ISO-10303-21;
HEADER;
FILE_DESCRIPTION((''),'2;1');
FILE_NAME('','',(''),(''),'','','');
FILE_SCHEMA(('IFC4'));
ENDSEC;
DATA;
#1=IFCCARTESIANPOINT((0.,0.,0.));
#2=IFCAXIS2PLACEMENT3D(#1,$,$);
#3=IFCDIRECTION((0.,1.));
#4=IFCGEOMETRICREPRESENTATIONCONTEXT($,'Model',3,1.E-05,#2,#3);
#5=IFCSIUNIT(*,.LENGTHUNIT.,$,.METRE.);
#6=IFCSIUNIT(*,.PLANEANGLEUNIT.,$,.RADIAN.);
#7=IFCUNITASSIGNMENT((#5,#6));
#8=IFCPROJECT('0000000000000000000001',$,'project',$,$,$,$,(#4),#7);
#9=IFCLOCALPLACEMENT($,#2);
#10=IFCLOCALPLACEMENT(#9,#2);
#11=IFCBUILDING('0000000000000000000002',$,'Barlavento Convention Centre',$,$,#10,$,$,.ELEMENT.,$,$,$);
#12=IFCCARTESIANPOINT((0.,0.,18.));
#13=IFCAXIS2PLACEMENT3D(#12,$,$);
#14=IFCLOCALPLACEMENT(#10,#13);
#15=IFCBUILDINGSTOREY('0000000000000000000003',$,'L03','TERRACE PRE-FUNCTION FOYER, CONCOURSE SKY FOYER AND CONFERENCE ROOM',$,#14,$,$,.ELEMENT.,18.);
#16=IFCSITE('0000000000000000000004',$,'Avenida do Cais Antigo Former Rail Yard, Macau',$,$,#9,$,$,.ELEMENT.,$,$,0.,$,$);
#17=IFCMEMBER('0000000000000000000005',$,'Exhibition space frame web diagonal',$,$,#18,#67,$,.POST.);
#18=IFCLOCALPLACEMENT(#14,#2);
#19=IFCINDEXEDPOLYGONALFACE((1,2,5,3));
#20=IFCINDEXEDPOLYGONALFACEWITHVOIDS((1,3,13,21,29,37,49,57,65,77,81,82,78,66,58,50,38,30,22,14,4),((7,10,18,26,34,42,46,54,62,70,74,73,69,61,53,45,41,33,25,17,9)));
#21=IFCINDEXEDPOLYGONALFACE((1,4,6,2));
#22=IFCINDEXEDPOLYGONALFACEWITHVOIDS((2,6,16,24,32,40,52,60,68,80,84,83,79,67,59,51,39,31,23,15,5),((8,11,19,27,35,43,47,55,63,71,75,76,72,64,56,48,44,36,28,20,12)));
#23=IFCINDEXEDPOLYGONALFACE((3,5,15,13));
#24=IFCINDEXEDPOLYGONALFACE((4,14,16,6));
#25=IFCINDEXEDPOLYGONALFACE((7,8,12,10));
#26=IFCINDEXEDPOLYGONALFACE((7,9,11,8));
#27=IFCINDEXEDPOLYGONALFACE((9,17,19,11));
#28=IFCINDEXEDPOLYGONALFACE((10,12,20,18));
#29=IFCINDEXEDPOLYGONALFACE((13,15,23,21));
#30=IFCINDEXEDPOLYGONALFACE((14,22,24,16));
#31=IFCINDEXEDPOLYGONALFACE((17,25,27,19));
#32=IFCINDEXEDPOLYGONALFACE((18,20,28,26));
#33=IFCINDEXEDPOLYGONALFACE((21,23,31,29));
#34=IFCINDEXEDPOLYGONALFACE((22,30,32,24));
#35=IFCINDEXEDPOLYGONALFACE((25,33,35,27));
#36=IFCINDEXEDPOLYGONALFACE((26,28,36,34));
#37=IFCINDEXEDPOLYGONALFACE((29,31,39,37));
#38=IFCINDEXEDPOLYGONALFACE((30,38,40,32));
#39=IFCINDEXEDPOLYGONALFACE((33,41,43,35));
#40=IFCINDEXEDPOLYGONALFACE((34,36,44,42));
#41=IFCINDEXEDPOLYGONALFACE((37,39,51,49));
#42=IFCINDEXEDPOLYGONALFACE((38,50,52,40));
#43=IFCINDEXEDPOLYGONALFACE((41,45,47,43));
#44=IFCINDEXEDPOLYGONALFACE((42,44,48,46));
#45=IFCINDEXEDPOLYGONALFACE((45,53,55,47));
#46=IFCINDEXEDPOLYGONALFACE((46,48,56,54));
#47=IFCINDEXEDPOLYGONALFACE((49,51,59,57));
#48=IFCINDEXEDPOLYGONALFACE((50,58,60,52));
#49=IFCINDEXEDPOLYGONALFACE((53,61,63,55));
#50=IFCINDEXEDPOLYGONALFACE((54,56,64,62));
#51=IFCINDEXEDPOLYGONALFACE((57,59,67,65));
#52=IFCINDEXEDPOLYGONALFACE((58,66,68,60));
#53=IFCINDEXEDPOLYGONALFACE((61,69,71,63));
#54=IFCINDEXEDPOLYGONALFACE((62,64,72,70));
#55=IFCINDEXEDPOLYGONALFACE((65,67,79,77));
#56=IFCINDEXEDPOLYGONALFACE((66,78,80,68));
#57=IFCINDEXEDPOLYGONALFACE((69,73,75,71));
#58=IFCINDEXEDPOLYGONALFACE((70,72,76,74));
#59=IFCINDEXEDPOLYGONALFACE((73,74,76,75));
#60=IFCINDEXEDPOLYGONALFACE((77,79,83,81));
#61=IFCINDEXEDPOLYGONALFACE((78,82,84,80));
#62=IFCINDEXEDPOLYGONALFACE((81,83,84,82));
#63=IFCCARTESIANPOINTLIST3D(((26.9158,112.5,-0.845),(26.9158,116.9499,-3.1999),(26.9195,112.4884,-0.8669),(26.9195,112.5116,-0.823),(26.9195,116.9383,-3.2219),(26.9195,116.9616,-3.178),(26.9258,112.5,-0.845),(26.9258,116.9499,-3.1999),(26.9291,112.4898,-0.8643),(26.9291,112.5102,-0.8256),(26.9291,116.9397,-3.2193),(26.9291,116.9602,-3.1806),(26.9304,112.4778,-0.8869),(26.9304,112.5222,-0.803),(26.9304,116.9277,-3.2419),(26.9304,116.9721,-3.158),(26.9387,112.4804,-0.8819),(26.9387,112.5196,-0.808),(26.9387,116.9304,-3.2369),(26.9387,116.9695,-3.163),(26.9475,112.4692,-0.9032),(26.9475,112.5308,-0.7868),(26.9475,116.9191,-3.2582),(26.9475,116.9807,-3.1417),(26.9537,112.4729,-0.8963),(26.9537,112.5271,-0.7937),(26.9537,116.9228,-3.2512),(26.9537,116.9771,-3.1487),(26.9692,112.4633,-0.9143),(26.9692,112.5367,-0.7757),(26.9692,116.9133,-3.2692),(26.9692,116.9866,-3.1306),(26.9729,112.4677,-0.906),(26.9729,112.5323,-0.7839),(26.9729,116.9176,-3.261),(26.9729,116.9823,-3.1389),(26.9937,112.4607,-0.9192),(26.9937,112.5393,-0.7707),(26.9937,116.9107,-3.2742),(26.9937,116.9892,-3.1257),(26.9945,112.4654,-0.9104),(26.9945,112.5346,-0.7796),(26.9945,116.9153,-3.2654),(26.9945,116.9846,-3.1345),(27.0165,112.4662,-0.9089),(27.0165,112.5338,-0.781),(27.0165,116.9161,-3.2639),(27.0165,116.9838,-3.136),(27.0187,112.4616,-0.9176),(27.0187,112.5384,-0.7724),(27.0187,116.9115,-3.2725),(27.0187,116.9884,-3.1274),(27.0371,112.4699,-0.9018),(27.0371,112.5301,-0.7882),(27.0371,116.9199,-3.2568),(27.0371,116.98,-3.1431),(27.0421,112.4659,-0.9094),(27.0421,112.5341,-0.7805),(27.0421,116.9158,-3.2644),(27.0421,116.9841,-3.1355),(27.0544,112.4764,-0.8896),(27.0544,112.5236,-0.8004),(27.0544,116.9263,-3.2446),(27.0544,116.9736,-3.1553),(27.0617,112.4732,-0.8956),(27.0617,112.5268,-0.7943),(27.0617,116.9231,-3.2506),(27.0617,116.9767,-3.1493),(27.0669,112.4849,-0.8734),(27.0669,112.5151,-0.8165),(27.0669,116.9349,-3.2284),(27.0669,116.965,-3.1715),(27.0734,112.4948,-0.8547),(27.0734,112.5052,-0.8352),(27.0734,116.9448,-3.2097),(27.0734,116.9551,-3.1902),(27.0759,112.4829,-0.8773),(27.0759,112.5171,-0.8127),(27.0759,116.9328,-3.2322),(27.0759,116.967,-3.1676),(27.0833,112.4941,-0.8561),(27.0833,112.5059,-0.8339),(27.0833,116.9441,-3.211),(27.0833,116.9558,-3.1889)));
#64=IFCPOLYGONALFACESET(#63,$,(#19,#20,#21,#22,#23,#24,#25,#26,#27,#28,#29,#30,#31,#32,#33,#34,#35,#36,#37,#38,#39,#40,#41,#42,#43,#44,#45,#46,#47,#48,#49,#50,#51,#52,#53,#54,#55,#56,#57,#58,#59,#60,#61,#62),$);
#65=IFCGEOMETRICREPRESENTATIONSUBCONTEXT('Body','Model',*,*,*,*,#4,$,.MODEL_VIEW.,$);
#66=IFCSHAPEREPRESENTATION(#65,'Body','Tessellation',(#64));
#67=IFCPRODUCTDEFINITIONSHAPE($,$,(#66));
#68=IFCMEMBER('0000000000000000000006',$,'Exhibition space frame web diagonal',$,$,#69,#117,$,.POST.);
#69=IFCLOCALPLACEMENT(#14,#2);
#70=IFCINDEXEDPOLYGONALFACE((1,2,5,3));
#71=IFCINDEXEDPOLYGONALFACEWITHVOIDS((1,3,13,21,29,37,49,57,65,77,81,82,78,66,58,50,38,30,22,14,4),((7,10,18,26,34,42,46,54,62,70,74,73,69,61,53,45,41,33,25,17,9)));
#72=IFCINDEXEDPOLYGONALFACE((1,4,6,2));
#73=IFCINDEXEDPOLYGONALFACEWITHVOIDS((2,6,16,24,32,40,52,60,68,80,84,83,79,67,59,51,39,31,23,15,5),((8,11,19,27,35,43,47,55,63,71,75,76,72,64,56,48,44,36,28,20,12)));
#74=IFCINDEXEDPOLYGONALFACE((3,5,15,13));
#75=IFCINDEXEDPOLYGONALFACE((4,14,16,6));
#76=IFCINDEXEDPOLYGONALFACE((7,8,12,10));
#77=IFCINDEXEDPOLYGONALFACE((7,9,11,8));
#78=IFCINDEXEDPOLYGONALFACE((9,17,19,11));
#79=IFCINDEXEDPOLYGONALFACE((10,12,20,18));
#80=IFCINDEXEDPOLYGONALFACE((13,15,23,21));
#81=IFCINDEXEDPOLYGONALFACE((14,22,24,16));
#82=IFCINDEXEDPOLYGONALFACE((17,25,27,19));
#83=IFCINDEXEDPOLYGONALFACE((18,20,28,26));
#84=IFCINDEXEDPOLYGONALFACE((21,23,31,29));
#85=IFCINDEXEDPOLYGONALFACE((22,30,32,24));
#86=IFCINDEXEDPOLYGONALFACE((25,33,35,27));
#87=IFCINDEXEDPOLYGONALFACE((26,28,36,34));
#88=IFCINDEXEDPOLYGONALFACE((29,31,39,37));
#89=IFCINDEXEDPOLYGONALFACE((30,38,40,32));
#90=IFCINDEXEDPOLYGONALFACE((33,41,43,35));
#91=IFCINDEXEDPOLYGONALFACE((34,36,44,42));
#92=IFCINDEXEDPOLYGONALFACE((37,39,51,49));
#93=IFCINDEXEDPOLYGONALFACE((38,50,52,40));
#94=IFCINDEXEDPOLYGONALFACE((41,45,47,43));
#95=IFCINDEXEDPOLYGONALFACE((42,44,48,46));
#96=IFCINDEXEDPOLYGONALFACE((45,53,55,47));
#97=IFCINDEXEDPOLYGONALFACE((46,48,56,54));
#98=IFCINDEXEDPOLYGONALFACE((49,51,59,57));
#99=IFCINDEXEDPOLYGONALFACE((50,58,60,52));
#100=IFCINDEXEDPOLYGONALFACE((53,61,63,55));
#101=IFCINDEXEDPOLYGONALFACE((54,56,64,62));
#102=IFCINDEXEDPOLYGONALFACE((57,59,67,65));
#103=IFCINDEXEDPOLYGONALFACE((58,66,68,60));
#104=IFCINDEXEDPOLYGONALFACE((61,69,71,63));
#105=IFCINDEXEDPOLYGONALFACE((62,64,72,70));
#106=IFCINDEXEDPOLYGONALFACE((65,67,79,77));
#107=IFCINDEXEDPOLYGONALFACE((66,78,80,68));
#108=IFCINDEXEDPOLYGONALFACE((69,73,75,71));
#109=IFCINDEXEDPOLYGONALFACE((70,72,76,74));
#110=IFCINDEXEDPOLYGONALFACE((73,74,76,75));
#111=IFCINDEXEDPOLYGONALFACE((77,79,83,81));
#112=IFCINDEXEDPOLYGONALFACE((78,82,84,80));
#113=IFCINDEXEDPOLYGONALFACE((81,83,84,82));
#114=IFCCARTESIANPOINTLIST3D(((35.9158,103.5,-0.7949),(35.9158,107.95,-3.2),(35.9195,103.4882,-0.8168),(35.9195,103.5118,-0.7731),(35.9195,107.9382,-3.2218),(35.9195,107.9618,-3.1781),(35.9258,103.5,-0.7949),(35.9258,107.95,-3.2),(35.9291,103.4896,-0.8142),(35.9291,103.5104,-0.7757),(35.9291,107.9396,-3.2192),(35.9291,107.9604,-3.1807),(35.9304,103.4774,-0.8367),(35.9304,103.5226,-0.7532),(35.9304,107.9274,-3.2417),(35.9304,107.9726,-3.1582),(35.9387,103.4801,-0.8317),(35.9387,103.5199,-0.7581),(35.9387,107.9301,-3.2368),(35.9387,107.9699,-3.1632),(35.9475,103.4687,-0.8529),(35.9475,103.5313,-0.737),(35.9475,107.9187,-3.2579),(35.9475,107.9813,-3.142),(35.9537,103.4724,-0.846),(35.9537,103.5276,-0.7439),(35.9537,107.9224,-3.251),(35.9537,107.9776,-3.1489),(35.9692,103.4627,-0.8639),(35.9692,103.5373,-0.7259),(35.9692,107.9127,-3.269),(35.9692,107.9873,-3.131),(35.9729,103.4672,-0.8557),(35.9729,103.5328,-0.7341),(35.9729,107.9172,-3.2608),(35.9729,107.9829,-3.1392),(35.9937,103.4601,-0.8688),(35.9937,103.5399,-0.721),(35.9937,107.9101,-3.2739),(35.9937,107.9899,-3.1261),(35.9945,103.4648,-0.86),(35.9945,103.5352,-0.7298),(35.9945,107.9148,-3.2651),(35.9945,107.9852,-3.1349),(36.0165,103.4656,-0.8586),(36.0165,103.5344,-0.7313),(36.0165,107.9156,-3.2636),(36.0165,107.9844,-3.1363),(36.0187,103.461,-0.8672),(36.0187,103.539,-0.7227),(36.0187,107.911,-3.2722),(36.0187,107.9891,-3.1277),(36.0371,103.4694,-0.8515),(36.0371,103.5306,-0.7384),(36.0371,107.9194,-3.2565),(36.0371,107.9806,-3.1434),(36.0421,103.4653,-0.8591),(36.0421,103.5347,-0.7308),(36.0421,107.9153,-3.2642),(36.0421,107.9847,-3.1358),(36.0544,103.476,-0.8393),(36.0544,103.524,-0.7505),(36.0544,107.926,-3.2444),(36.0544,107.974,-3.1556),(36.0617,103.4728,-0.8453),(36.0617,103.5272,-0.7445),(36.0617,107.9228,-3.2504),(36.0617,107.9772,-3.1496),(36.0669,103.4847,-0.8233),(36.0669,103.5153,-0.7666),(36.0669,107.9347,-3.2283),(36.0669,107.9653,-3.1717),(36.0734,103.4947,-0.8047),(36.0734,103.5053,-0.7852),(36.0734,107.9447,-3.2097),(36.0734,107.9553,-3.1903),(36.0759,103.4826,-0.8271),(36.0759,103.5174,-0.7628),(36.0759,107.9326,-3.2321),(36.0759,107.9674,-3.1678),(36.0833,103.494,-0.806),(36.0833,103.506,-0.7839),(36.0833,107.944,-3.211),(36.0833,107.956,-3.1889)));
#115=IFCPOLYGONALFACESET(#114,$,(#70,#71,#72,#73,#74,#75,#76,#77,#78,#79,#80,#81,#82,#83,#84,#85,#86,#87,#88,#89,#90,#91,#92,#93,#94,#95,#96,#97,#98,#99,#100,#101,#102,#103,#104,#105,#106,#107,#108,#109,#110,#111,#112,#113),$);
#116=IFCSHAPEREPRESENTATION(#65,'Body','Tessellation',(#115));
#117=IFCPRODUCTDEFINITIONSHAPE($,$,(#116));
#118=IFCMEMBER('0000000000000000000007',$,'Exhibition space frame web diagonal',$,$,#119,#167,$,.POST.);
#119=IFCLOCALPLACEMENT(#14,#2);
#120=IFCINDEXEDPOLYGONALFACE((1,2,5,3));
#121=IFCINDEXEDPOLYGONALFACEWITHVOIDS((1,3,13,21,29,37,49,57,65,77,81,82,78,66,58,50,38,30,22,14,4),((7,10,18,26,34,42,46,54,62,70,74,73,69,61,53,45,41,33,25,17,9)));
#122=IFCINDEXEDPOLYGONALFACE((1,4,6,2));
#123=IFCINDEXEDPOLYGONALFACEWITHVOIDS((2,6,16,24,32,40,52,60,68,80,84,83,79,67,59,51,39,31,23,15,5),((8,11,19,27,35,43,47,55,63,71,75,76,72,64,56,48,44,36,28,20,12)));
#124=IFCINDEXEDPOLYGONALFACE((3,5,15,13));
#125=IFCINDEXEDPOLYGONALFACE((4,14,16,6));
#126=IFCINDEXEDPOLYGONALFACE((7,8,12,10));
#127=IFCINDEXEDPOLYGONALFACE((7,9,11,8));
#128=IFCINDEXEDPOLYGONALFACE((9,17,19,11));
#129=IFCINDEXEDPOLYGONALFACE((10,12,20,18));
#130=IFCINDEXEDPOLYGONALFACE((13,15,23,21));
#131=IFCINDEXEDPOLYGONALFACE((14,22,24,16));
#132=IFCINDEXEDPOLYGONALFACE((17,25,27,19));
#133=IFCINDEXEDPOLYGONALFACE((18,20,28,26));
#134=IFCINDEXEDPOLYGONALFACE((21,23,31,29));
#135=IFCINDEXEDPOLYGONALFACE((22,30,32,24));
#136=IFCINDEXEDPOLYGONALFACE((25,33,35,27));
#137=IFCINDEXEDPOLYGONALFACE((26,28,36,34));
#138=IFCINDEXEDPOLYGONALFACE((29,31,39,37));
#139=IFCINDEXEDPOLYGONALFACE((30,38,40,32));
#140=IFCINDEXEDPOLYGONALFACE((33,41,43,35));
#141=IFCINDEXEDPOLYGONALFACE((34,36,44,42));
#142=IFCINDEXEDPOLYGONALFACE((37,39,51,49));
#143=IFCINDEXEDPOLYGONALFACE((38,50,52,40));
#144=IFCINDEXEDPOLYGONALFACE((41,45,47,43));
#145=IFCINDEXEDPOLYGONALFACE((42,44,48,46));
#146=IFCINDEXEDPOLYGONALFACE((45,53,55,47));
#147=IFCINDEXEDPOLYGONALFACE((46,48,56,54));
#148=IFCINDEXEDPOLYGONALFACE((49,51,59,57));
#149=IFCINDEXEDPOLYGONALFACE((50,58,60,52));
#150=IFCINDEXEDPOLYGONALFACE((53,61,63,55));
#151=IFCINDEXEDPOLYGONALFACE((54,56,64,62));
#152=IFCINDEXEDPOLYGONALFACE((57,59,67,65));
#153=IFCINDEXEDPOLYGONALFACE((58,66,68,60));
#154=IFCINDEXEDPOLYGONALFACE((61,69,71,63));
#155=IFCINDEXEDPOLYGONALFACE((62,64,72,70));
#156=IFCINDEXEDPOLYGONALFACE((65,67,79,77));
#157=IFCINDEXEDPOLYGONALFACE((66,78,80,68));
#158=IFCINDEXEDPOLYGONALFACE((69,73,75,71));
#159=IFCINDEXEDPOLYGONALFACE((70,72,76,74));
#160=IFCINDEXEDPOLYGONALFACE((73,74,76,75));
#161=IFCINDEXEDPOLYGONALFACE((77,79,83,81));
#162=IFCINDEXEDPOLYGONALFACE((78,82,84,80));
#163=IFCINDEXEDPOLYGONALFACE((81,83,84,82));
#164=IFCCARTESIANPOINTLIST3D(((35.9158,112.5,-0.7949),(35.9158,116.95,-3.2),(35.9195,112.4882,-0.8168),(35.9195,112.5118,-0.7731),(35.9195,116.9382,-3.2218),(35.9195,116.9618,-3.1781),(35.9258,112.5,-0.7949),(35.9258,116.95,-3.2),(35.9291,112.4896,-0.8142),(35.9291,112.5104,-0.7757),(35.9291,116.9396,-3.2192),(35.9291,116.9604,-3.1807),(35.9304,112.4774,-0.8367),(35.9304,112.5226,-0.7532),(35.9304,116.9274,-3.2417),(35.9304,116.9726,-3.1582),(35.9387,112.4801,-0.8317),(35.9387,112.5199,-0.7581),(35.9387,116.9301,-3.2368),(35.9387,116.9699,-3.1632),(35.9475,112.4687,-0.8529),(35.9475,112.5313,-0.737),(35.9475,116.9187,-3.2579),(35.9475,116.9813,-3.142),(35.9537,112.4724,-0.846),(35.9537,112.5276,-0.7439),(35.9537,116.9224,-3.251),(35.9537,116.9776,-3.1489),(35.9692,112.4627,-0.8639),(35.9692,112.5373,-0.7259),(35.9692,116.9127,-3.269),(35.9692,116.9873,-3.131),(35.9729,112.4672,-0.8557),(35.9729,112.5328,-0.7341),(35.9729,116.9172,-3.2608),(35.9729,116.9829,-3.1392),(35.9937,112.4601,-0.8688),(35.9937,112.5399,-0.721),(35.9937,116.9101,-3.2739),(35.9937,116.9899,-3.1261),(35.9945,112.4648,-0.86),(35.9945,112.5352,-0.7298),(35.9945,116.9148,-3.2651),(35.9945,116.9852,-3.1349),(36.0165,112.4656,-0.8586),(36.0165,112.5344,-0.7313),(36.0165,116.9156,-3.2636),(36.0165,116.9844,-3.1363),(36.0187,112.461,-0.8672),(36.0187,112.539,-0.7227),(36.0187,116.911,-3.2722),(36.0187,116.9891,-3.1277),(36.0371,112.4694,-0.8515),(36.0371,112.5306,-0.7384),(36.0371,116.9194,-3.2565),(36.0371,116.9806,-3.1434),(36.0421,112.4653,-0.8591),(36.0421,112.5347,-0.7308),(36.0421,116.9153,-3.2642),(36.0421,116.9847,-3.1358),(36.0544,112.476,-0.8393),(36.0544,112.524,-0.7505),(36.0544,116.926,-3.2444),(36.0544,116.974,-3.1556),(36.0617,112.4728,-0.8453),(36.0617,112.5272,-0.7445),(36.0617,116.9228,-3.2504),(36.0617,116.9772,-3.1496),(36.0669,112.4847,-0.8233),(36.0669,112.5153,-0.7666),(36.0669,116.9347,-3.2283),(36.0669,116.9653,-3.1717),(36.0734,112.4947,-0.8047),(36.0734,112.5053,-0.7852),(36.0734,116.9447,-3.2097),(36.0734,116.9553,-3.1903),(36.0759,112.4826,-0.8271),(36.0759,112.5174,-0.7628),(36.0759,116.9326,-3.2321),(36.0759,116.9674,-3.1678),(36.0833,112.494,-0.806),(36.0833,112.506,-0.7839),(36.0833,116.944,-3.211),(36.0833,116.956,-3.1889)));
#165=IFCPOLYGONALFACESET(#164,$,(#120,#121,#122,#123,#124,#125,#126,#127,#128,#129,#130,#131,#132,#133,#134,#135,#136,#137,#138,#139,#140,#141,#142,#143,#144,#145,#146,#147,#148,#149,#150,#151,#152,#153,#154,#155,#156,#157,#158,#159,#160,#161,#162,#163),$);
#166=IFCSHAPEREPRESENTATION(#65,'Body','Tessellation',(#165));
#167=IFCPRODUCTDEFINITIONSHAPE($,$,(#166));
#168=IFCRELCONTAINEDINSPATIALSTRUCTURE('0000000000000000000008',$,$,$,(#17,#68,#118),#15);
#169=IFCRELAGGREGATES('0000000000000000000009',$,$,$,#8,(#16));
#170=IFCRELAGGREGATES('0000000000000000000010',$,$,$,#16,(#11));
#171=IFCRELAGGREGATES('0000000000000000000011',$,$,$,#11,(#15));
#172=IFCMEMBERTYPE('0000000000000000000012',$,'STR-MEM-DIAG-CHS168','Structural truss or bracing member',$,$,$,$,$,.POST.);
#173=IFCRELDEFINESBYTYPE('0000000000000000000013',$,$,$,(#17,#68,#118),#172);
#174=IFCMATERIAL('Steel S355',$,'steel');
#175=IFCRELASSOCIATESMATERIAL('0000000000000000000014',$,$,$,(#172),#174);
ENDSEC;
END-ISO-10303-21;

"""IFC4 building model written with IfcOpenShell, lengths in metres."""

from ifc_helpers import new_model, si_unit, direction, frame, origin, origin_2d, place, context, subcontext, project, spatial, hollow_circle, extrude, material, material_profile, profile_set, type_object, element, save


model = new_model("IFC4")

# Units and contexts
model_context = context("Model", 3, precision=1e-05, world=origin(), true_north=direction((0.0, 1.0)))
body_context = subcontext(model_context, "Body", "Model", "MODEL_VIEW")
ifc_project = project(units=[si_unit("LENGTHUNIT", "METRE"), si_unit("PLANEANGLEUNIT", "RADIAN")], contexts=[model_context])

# Site, building, storey
site_placement = place(None, origin())
site = spatial("IfcSite", under=ifc_project, at=site_placement, Name="Avenida do Cais Antigo Former Rail Yard, Macau", CompositionType="ELEMENT", RefElevation=0.0)
building_placement = place(site_placement, origin())
building = spatial("IfcBuilding", under=site, at=building_placement, Name="Barlavento Convention Centre", CompositionType="ELEMENT")
storey_placement = place(building_placement, frame((0.0, 0.0, 18.0)))
storey = spatial("IfcBuildingStorey", under=building, at=storey_placement, Name="L03", Description="TERRACE PRE-FUNCTION FOYER, CONCOURSE SKY FOYER AND CONFERENCE ROOM", CompositionType="ELEMENT", Elevation=18.0)

# Shared definitions
ifc_material_1 = material(Name="Steel S355", Category="steel")

# Members
ifc_material_profile_1 = material_profile(ifc_material_1, hollow_circle(Radius=0.0842, WallThickness=0.01, at=origin_2d()), Name="CHS 168.3x10.0")
ifc_profile_set_1 = profile_set([ifc_material_profile_1], Name="Steel S355")
member_type_1 = type_object("IfcMemberType", Name="STR-MEM-DIAG-CHS168", Description="Structural truss or bracing member", PredefinedType="POST", material=ifc_profile_set_1)
for number, where, z_axis, x_axis, name in (
    (1, (27.0, 112.5, -0.845), (0.0, 0.88386, -0.467752), (-1.0, 0.0, 0.0), "Exhibition space frame web diagonal"),
):
    element("IfcMember", number, at=place(storey_placement, frame(where, z_axis=z_axis, x_axis=x_axis)), inside=storey, type_object=member_type_1, Name=name, PredefinedType="POST", context=body_context, shape_type="SweptSolid", body=[
        extrude(hollow_circle(Radius=0.0842, WallThickness=0.01, at=origin_2d()), origin(), (0.0, 0.0, 1.0), 5.0347),
    ])
for number, where, z_axis, x_axis, name in (
    (2, (36.0, 103.5, -0.7949), (0.0, 0.879735, -0.475464), (-1.0, 0.0, 0.0), "Exhibition space frame web diagonal"),
    (3, (36.0, 112.5, -0.7949), (0.0, 0.879735, -0.475464), (-1.0, 0.0, 0.0), "Exhibition space frame web diagonal"),
):
    element("IfcMember", number, at=place(storey_placement, frame(where, z_axis=z_axis, x_axis=x_axis)), inside=storey, type_object=member_type_1, Name=name, PredefinedType="POST", context=body_context, shape_type="SweptSolid", body=[
        extrude(hollow_circle(Radius=0.0842, WallThickness=0.01, at=origin_2d()), origin(), (0.0, 0.0, 1.0), 5.0583),
    ])

save(model, "model.ifc")
